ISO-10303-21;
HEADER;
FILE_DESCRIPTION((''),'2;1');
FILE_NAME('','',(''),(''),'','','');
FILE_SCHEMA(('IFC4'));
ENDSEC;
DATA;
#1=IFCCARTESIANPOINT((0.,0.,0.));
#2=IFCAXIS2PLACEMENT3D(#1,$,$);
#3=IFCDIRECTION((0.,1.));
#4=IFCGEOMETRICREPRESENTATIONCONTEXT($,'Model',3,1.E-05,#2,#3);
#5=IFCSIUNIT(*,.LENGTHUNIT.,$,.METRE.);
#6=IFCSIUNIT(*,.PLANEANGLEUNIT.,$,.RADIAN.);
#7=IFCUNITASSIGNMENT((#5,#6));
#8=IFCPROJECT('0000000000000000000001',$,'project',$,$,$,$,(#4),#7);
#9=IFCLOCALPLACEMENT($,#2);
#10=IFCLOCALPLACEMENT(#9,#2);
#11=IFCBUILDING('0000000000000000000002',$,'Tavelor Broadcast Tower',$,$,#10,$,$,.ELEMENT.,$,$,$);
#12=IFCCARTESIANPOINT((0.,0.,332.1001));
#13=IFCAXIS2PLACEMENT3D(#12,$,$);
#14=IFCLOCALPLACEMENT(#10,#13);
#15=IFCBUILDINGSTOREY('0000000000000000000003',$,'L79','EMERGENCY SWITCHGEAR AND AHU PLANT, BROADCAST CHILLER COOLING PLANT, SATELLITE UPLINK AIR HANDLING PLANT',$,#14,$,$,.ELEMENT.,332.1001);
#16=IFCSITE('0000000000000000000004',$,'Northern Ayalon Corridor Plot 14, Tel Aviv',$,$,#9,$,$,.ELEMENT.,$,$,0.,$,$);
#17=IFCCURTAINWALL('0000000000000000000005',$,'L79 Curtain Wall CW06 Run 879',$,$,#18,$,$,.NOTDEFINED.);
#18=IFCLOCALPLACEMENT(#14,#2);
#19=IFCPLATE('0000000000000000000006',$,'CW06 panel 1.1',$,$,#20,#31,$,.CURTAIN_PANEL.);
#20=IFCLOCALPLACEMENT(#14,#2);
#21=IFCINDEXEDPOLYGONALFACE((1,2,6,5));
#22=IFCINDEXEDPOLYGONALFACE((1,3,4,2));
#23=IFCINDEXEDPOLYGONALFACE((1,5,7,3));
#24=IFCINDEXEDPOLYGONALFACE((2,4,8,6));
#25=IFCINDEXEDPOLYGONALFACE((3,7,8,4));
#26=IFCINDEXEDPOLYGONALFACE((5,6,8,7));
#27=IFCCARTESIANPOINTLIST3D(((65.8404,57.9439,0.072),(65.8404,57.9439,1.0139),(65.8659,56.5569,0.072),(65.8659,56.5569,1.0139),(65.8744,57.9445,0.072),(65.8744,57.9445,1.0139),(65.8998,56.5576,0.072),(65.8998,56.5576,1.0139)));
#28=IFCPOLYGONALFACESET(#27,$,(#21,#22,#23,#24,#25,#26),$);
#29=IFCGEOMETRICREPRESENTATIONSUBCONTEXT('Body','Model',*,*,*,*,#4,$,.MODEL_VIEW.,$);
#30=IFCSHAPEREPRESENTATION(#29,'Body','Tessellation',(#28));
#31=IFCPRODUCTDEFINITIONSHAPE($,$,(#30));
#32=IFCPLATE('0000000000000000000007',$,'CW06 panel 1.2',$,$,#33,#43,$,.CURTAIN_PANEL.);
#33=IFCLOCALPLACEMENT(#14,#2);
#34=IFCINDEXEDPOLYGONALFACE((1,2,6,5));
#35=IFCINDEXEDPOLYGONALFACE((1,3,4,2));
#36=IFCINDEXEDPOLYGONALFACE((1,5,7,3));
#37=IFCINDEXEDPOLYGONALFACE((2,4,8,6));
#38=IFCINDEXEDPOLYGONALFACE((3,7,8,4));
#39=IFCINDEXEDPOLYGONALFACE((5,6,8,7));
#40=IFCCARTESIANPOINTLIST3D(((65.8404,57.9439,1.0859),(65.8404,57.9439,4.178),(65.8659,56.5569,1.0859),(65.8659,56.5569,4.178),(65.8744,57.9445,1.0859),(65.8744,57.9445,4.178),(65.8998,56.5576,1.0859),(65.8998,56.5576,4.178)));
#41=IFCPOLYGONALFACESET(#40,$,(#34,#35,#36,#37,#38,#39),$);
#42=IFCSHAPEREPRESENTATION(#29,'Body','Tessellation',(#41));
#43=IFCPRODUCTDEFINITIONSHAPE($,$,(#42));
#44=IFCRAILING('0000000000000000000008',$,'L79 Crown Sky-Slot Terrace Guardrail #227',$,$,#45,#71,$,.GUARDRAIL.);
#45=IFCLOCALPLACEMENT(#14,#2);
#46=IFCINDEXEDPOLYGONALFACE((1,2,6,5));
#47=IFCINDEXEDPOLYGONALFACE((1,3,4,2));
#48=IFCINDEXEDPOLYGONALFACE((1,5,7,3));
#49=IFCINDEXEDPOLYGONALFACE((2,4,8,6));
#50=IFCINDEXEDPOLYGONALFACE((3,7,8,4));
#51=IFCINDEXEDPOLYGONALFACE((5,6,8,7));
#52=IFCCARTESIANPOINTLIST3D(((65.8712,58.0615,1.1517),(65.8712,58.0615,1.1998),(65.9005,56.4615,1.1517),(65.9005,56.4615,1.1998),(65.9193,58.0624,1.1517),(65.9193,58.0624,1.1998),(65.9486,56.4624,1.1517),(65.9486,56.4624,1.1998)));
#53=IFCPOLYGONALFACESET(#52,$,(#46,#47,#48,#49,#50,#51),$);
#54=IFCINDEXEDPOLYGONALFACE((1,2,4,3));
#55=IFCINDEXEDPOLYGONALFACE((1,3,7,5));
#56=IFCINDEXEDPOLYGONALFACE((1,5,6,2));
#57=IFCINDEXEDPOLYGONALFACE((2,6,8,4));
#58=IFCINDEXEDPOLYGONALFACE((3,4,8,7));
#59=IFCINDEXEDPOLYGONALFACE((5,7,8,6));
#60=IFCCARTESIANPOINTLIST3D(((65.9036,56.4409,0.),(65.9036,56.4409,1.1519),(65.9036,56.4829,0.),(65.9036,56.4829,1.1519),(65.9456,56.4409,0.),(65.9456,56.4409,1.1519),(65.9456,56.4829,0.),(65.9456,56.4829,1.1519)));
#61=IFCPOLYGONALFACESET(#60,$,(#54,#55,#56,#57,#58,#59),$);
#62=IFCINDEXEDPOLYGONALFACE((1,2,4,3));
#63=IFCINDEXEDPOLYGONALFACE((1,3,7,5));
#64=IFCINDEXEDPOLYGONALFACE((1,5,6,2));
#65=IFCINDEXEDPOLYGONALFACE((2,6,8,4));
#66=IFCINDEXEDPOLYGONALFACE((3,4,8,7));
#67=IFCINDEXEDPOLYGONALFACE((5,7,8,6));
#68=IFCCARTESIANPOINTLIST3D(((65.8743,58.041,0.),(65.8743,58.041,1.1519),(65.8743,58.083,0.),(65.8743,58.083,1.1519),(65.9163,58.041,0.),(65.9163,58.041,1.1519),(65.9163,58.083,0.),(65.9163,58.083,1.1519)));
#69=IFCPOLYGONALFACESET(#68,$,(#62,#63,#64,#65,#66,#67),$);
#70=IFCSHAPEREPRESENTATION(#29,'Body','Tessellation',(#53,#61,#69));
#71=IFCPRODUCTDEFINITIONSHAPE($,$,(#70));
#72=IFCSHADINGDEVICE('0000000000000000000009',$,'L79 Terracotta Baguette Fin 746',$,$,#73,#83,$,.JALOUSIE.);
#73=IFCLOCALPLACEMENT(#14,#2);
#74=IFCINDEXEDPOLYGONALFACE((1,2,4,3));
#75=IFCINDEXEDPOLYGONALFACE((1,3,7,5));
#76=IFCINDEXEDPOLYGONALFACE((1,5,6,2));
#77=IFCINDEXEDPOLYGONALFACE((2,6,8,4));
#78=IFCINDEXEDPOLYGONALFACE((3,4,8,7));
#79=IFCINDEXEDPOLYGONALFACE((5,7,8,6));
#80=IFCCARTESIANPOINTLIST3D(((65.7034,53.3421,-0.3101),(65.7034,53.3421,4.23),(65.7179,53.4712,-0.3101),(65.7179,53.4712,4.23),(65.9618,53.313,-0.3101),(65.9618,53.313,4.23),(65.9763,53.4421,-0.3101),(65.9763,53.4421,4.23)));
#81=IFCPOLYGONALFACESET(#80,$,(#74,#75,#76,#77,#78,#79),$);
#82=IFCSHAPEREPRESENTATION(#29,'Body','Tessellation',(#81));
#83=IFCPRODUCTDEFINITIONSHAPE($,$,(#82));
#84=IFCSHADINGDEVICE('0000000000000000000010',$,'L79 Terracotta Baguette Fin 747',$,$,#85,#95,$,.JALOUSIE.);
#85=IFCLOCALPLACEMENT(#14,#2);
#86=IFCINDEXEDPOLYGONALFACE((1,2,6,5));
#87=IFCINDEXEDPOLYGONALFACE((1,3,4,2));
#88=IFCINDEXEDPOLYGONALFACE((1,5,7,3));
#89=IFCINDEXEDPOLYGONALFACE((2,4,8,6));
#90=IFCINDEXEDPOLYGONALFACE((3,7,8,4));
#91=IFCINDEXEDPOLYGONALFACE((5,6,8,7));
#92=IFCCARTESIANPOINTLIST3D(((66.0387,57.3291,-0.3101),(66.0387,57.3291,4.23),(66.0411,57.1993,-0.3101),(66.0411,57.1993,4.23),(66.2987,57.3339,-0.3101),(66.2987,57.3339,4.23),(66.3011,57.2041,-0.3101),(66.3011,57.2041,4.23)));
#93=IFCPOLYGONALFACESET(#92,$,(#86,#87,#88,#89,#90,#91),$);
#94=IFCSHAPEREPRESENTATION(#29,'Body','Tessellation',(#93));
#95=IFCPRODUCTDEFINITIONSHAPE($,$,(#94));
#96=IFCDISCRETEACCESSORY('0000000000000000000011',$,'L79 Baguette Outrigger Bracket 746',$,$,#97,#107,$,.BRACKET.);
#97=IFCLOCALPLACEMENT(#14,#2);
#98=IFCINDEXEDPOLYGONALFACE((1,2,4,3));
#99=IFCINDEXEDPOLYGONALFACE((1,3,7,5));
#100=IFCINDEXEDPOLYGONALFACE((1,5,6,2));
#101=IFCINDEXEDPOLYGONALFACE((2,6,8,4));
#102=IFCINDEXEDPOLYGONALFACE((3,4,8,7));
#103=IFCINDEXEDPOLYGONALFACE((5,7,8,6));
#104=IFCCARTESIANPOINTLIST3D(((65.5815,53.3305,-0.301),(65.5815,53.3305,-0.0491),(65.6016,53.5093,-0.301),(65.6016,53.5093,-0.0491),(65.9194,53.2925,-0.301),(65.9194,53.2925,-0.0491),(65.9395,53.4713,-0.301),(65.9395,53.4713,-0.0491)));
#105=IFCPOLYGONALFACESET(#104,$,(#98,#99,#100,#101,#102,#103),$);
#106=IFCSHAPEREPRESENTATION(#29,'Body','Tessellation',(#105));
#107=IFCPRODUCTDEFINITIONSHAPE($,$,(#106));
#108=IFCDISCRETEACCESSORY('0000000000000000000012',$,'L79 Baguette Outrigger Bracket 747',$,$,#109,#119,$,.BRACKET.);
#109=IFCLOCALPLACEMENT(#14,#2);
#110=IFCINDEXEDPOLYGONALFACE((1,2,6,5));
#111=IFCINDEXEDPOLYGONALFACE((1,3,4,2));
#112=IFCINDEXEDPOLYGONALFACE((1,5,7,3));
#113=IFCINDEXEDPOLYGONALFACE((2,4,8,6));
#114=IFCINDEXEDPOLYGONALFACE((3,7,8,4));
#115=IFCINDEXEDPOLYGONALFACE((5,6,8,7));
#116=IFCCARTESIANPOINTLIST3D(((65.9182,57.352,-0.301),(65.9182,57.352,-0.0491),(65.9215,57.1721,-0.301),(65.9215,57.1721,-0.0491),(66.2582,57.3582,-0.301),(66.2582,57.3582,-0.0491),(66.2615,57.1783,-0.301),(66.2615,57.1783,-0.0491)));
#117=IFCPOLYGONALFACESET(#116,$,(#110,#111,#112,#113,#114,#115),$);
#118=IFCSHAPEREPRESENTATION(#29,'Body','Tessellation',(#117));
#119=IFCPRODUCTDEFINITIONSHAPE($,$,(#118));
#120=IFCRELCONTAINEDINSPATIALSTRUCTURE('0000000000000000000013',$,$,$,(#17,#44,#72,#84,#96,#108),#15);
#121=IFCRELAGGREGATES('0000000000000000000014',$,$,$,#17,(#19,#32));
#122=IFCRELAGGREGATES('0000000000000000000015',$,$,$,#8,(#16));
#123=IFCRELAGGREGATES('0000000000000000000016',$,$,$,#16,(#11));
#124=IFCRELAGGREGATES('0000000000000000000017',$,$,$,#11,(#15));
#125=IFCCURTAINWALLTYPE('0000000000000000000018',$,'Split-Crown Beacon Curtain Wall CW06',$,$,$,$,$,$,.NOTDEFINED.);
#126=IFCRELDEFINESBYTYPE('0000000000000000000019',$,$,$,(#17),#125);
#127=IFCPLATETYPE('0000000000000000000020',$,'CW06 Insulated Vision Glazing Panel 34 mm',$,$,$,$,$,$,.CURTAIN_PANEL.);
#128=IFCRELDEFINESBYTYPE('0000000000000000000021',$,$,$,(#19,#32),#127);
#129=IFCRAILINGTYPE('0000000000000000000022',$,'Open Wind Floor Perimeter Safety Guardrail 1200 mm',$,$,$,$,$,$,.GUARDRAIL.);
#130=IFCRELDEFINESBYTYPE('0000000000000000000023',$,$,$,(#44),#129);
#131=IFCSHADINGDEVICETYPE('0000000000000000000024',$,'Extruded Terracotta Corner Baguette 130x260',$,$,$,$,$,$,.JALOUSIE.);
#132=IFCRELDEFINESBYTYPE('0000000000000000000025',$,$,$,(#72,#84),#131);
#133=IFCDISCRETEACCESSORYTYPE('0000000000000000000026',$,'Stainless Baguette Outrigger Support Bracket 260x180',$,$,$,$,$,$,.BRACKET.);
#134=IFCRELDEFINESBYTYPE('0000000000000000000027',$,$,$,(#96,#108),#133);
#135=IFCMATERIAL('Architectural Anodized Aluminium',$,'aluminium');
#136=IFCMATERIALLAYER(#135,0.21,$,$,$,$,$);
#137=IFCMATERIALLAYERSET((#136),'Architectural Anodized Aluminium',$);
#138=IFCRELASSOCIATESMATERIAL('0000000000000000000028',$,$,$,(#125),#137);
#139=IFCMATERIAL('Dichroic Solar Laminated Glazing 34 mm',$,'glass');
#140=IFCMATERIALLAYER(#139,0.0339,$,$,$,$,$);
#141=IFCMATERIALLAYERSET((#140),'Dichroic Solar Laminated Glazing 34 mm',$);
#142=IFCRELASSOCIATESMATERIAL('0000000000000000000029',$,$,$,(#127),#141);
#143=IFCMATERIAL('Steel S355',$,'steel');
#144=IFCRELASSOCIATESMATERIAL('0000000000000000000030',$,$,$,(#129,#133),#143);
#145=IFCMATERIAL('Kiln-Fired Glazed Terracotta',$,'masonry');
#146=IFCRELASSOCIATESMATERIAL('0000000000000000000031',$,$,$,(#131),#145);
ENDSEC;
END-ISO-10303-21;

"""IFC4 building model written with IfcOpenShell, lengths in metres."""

from ifc_helpers import new_model, si_unit, direction, frame, origin, origin_2d, place, context, subcontext, project, spatial, rectangle, extrude, source, transform, mapped, material, layer, layer_set, type_object, type_shapes, element, aggregate, save


model = new_model("IFC4")

# Units and contexts
model_context = context("Model", 3, precision=1e-05, world=origin(), true_north=direction((0.0, 1.0)))
body_context = subcontext(model_context, "Body", "Model", "MODEL_VIEW")
ifc_project = project(units=[si_unit("LENGTHUNIT", "METRE"), si_unit("PLANEANGLEUNIT", "RADIAN")], contexts=[model_context])

# Site, building, storey
site_placement = place(None, origin())
site = spatial("IfcSite", under=ifc_project, at=site_placement, Name="Northern Ayalon Corridor Plot 14, Tel Aviv", CompositionType="ELEMENT", RefElevation=0.0)
building_placement = place(site_placement, origin())
building = spatial("IfcBuilding", under=site, at=building_placement, Name="Tavelor Broadcast Tower", CompositionType="ELEMENT")
storey_placement = place(building_placement, frame((0.0, 0.0, 332.1001)))
storey = spatial("IfcBuildingStorey", under=building, at=storey_placement, Name="L79", Description="EMERGENCY SWITCHGEAR AND AHU PLANT, BROADCAST CHILLER COOLING PLANT, SATELLITE UPLINK AIR HANDLING PLANT", CompositionType="ELEMENT", Elevation=332.1001)

# Shared definitions
ifc_material_1 = material(Name="Steel S355", Category="steel")

# Curtain wall
ifc_material_2 = material(Name="Architectural Anodized Aluminium", Category="aluminium")
ifc_layer_1 = layer(ifc_material_2, 0.21)
ifc_layer_set_1 = layer_set([ifc_layer_1], Name="Architectural Anodized Aluminium")
curtain_wall_type = type_object("IfcCurtainWallType", Name="Split-Crown Beacon Curtain Wall CW06", PredefinedType="NOTDEFINED", material=ifc_layer_set_1)
curtain_wall_1_placement = place(storey_placement, origin())
curtain_wall_1 = element("IfcCurtainWall", 1, at=curtain_wall_1_placement, inside=storey, type_object=curtain_wall_type, Name="L79 Curtain Wall CW06 Run 879", PredefinedType="NOTDEFINED")

# Plates
ifc_material_3 = material(Name="Dichroic Solar Laminated Glazing 34 mm", Category="glass")
ifc_layer_2 = layer(ifc_material_3, 0.0339)
ifc_layer_set_2 = layer_set([ifc_layer_2], Name="Dichroic Solar Laminated Glazing 34 mm")
plate_type_1 = type_object("IfcPlateType", Name="CW06 Insulated Vision Glazing Panel 34 mm", PredefinedType="CURTAIN_PANEL", material=ifc_layer_set_2)
shared_shape_1 = source(origin(), body_context, "Body", "SweptSolid", [
    extrude(rectangle(XDim=1.3872, YDim=0.0339, at=origin_2d()), origin(), (0.0, 0.0, 1.0), 0.9419),
])
plate_1_placement = place(storey_placement, frame((65.8701, 57.2507, 0.072), z_axis=(0.0, 0.0, 1.0), x_axis=(-0.018352, 0.999832, 0.0)))
plate_1 = element("IfcPlate", 2, at=plate_1_placement, type_object=plate_type_1, Name="CW06 panel 1.1", PredefinedType="CURTAIN_PANEL", context=body_context, shape_type="MappedRepresentation", body=[
    mapped(shared_shape_1, transform((0.0, 0.0, 0.0), scale=1.0)),
])
shared_shape_2 = source(origin(), body_context, "Body", "SweptSolid", [
    extrude(rectangle(XDim=1.3872, YDim=0.0339, at=origin_2d()), origin(), (0.0, 0.0, 1.0), 3.092),
])
plate_2_placement = place(storey_placement, frame((65.8701, 57.2507, 1.0859), z_axis=(0.0, 0.0, 1.0), x_axis=(-0.018352, 0.999832, 0.0)))
plate_2 = element("IfcPlate", 3, at=plate_2_placement, type_object=plate_type_1, Name="CW06 panel 1.2", PredefinedType="CURTAIN_PANEL", context=body_context, shape_type="MappedRepresentation", body=[
    mapped(shared_shape_2, transform((0.0, 0.0, 0.0), scale=1.0)),
])
aggregate(curtain_wall_1, [plate_1, plate_2])

# Railing
railing_type = type_object("IfcRailingType", Name="Open Wind Floor Perimeter Safety Guardrail 1200 mm", PredefinedType="GUARDRAIL", material=ifc_material_1)
railing_placement = place(storey_placement, frame((65.9246, 56.4619, 0.0)))
element("IfcRailing", 4, at=railing_placement, inside=storey, type_object=railing_type, Name="L79 Crown Sky-Slot Terrace Guardrail #227", PredefinedType="GUARDRAIL", context=body_context, shape_type="SweptSolid", body=[
    extrude(rectangle(XDim=0.0481, YDim=0.0481, at=origin_2d()), frame((0.0, 0.0, 1.1758), z_axis=(-0.018306, 0.999832, 0.0), x_axis=(-0.999832, -0.018306, 0.0)), (0.0, 0.0, 1.0), 1.6003),
    extrude(rectangle(XDim=0.042, YDim=0.042, at=origin_2d()), origin(), (0.0, 0.0, 1.0), 1.1519),
    extrude(rectangle(XDim=0.042, YDim=0.042, at=origin_2d()), frame((-0.0293, 1.6001, 0.0)), (0.0, 0.0, 1.0), 1.1519),
])

# Shading devices
ifc_material_4 = material(Name="Kiln-Fired Glazed Terracotta", Category="masonry")
shading_device_type = type_object("IfcShadingDeviceType", Name="Extruded Terracotta Corner Baguette 130x260", PredefinedType="JALOUSIE", material=ifc_material_4)
shared_shape_3 = source(origin(), body_context, "Body", "SweptSolid", [
    extrude(rectangle(XDim=0.1299, YDim=0.26, at=origin_2d()), origin(), (0.0, 0.0, 1.0), 4.54),
])
type_shapes(shading_device_type, [shared_shape_3])
for number, where, z_axis, x_axis, name in (
    (5, (65.8398, 53.3921, -0.3101), (0.0, 0.0, 1.0), (0.111816, 0.993729, 0.0), "L79 Terracotta Baguette Fin 746"),
    (6, (66.1699, 57.2666, -0.3101), (0.0, 0.0, 1.0), (-0.018325, 0.999832, 0.0), "L79 Terracotta Baguette Fin 747"),
):
    element("IfcShadingDevice", number, at=place(storey_placement, frame(where, z_axis=z_axis, x_axis=x_axis)), inside=storey, type_object=shading_device_type, Name=name, PredefinedType="JALOUSIE", context=body_context, shape_type="MappedRepresentation", body=[
        mapped(shared_shape_3, transform((0.0, 0.0, 0.0), scale=1.0)),
    ])

# Discrete accessories
discrete_accessory_type = type_object("IfcDiscreteAccessoryType", Name="Stainless Baguette Outrigger Support Bracket 260x180", PredefinedType="BRACKET", material=ifc_material_1)
shared_shape_4 = source(origin(), body_context, "Body", "SweptSolid", [
    extrude(rectangle(XDim=0.1799, YDim=0.3401, at=origin_2d()), origin(), (0.0, 0.0, 1.0), 0.252),
])
type_shapes(discrete_accessory_type, [shared_shape_4])
for number, where, z_axis, x_axis, name in (
    (7, (65.7605, 53.4009, -0.301), (0.0, 0.0, 1.0), (0.111816, 0.993729, 0.0), "L79 Baguette Outrigger Bracket 746"),
    (8, (66.0898, 57.2651, -0.301), (0.0, 0.0, 1.0), (-0.018325, 0.999832, 0.0), "L79 Baguette Outrigger Bracket 747"),
):
    element("IfcDiscreteAccessory", number, at=place(storey_placement, frame(where, z_axis=z_axis, x_axis=x_axis)), inside=storey, type_object=discrete_accessory_type, Name=name, PredefinedType="BRACKET", context=body_context, shape_type="MappedRepresentation", body=[
        mapped(shared_shape_4, transform((0.0, 0.0, 0.0), scale=1.0)),
    ])

save(model, "model.ifc")
